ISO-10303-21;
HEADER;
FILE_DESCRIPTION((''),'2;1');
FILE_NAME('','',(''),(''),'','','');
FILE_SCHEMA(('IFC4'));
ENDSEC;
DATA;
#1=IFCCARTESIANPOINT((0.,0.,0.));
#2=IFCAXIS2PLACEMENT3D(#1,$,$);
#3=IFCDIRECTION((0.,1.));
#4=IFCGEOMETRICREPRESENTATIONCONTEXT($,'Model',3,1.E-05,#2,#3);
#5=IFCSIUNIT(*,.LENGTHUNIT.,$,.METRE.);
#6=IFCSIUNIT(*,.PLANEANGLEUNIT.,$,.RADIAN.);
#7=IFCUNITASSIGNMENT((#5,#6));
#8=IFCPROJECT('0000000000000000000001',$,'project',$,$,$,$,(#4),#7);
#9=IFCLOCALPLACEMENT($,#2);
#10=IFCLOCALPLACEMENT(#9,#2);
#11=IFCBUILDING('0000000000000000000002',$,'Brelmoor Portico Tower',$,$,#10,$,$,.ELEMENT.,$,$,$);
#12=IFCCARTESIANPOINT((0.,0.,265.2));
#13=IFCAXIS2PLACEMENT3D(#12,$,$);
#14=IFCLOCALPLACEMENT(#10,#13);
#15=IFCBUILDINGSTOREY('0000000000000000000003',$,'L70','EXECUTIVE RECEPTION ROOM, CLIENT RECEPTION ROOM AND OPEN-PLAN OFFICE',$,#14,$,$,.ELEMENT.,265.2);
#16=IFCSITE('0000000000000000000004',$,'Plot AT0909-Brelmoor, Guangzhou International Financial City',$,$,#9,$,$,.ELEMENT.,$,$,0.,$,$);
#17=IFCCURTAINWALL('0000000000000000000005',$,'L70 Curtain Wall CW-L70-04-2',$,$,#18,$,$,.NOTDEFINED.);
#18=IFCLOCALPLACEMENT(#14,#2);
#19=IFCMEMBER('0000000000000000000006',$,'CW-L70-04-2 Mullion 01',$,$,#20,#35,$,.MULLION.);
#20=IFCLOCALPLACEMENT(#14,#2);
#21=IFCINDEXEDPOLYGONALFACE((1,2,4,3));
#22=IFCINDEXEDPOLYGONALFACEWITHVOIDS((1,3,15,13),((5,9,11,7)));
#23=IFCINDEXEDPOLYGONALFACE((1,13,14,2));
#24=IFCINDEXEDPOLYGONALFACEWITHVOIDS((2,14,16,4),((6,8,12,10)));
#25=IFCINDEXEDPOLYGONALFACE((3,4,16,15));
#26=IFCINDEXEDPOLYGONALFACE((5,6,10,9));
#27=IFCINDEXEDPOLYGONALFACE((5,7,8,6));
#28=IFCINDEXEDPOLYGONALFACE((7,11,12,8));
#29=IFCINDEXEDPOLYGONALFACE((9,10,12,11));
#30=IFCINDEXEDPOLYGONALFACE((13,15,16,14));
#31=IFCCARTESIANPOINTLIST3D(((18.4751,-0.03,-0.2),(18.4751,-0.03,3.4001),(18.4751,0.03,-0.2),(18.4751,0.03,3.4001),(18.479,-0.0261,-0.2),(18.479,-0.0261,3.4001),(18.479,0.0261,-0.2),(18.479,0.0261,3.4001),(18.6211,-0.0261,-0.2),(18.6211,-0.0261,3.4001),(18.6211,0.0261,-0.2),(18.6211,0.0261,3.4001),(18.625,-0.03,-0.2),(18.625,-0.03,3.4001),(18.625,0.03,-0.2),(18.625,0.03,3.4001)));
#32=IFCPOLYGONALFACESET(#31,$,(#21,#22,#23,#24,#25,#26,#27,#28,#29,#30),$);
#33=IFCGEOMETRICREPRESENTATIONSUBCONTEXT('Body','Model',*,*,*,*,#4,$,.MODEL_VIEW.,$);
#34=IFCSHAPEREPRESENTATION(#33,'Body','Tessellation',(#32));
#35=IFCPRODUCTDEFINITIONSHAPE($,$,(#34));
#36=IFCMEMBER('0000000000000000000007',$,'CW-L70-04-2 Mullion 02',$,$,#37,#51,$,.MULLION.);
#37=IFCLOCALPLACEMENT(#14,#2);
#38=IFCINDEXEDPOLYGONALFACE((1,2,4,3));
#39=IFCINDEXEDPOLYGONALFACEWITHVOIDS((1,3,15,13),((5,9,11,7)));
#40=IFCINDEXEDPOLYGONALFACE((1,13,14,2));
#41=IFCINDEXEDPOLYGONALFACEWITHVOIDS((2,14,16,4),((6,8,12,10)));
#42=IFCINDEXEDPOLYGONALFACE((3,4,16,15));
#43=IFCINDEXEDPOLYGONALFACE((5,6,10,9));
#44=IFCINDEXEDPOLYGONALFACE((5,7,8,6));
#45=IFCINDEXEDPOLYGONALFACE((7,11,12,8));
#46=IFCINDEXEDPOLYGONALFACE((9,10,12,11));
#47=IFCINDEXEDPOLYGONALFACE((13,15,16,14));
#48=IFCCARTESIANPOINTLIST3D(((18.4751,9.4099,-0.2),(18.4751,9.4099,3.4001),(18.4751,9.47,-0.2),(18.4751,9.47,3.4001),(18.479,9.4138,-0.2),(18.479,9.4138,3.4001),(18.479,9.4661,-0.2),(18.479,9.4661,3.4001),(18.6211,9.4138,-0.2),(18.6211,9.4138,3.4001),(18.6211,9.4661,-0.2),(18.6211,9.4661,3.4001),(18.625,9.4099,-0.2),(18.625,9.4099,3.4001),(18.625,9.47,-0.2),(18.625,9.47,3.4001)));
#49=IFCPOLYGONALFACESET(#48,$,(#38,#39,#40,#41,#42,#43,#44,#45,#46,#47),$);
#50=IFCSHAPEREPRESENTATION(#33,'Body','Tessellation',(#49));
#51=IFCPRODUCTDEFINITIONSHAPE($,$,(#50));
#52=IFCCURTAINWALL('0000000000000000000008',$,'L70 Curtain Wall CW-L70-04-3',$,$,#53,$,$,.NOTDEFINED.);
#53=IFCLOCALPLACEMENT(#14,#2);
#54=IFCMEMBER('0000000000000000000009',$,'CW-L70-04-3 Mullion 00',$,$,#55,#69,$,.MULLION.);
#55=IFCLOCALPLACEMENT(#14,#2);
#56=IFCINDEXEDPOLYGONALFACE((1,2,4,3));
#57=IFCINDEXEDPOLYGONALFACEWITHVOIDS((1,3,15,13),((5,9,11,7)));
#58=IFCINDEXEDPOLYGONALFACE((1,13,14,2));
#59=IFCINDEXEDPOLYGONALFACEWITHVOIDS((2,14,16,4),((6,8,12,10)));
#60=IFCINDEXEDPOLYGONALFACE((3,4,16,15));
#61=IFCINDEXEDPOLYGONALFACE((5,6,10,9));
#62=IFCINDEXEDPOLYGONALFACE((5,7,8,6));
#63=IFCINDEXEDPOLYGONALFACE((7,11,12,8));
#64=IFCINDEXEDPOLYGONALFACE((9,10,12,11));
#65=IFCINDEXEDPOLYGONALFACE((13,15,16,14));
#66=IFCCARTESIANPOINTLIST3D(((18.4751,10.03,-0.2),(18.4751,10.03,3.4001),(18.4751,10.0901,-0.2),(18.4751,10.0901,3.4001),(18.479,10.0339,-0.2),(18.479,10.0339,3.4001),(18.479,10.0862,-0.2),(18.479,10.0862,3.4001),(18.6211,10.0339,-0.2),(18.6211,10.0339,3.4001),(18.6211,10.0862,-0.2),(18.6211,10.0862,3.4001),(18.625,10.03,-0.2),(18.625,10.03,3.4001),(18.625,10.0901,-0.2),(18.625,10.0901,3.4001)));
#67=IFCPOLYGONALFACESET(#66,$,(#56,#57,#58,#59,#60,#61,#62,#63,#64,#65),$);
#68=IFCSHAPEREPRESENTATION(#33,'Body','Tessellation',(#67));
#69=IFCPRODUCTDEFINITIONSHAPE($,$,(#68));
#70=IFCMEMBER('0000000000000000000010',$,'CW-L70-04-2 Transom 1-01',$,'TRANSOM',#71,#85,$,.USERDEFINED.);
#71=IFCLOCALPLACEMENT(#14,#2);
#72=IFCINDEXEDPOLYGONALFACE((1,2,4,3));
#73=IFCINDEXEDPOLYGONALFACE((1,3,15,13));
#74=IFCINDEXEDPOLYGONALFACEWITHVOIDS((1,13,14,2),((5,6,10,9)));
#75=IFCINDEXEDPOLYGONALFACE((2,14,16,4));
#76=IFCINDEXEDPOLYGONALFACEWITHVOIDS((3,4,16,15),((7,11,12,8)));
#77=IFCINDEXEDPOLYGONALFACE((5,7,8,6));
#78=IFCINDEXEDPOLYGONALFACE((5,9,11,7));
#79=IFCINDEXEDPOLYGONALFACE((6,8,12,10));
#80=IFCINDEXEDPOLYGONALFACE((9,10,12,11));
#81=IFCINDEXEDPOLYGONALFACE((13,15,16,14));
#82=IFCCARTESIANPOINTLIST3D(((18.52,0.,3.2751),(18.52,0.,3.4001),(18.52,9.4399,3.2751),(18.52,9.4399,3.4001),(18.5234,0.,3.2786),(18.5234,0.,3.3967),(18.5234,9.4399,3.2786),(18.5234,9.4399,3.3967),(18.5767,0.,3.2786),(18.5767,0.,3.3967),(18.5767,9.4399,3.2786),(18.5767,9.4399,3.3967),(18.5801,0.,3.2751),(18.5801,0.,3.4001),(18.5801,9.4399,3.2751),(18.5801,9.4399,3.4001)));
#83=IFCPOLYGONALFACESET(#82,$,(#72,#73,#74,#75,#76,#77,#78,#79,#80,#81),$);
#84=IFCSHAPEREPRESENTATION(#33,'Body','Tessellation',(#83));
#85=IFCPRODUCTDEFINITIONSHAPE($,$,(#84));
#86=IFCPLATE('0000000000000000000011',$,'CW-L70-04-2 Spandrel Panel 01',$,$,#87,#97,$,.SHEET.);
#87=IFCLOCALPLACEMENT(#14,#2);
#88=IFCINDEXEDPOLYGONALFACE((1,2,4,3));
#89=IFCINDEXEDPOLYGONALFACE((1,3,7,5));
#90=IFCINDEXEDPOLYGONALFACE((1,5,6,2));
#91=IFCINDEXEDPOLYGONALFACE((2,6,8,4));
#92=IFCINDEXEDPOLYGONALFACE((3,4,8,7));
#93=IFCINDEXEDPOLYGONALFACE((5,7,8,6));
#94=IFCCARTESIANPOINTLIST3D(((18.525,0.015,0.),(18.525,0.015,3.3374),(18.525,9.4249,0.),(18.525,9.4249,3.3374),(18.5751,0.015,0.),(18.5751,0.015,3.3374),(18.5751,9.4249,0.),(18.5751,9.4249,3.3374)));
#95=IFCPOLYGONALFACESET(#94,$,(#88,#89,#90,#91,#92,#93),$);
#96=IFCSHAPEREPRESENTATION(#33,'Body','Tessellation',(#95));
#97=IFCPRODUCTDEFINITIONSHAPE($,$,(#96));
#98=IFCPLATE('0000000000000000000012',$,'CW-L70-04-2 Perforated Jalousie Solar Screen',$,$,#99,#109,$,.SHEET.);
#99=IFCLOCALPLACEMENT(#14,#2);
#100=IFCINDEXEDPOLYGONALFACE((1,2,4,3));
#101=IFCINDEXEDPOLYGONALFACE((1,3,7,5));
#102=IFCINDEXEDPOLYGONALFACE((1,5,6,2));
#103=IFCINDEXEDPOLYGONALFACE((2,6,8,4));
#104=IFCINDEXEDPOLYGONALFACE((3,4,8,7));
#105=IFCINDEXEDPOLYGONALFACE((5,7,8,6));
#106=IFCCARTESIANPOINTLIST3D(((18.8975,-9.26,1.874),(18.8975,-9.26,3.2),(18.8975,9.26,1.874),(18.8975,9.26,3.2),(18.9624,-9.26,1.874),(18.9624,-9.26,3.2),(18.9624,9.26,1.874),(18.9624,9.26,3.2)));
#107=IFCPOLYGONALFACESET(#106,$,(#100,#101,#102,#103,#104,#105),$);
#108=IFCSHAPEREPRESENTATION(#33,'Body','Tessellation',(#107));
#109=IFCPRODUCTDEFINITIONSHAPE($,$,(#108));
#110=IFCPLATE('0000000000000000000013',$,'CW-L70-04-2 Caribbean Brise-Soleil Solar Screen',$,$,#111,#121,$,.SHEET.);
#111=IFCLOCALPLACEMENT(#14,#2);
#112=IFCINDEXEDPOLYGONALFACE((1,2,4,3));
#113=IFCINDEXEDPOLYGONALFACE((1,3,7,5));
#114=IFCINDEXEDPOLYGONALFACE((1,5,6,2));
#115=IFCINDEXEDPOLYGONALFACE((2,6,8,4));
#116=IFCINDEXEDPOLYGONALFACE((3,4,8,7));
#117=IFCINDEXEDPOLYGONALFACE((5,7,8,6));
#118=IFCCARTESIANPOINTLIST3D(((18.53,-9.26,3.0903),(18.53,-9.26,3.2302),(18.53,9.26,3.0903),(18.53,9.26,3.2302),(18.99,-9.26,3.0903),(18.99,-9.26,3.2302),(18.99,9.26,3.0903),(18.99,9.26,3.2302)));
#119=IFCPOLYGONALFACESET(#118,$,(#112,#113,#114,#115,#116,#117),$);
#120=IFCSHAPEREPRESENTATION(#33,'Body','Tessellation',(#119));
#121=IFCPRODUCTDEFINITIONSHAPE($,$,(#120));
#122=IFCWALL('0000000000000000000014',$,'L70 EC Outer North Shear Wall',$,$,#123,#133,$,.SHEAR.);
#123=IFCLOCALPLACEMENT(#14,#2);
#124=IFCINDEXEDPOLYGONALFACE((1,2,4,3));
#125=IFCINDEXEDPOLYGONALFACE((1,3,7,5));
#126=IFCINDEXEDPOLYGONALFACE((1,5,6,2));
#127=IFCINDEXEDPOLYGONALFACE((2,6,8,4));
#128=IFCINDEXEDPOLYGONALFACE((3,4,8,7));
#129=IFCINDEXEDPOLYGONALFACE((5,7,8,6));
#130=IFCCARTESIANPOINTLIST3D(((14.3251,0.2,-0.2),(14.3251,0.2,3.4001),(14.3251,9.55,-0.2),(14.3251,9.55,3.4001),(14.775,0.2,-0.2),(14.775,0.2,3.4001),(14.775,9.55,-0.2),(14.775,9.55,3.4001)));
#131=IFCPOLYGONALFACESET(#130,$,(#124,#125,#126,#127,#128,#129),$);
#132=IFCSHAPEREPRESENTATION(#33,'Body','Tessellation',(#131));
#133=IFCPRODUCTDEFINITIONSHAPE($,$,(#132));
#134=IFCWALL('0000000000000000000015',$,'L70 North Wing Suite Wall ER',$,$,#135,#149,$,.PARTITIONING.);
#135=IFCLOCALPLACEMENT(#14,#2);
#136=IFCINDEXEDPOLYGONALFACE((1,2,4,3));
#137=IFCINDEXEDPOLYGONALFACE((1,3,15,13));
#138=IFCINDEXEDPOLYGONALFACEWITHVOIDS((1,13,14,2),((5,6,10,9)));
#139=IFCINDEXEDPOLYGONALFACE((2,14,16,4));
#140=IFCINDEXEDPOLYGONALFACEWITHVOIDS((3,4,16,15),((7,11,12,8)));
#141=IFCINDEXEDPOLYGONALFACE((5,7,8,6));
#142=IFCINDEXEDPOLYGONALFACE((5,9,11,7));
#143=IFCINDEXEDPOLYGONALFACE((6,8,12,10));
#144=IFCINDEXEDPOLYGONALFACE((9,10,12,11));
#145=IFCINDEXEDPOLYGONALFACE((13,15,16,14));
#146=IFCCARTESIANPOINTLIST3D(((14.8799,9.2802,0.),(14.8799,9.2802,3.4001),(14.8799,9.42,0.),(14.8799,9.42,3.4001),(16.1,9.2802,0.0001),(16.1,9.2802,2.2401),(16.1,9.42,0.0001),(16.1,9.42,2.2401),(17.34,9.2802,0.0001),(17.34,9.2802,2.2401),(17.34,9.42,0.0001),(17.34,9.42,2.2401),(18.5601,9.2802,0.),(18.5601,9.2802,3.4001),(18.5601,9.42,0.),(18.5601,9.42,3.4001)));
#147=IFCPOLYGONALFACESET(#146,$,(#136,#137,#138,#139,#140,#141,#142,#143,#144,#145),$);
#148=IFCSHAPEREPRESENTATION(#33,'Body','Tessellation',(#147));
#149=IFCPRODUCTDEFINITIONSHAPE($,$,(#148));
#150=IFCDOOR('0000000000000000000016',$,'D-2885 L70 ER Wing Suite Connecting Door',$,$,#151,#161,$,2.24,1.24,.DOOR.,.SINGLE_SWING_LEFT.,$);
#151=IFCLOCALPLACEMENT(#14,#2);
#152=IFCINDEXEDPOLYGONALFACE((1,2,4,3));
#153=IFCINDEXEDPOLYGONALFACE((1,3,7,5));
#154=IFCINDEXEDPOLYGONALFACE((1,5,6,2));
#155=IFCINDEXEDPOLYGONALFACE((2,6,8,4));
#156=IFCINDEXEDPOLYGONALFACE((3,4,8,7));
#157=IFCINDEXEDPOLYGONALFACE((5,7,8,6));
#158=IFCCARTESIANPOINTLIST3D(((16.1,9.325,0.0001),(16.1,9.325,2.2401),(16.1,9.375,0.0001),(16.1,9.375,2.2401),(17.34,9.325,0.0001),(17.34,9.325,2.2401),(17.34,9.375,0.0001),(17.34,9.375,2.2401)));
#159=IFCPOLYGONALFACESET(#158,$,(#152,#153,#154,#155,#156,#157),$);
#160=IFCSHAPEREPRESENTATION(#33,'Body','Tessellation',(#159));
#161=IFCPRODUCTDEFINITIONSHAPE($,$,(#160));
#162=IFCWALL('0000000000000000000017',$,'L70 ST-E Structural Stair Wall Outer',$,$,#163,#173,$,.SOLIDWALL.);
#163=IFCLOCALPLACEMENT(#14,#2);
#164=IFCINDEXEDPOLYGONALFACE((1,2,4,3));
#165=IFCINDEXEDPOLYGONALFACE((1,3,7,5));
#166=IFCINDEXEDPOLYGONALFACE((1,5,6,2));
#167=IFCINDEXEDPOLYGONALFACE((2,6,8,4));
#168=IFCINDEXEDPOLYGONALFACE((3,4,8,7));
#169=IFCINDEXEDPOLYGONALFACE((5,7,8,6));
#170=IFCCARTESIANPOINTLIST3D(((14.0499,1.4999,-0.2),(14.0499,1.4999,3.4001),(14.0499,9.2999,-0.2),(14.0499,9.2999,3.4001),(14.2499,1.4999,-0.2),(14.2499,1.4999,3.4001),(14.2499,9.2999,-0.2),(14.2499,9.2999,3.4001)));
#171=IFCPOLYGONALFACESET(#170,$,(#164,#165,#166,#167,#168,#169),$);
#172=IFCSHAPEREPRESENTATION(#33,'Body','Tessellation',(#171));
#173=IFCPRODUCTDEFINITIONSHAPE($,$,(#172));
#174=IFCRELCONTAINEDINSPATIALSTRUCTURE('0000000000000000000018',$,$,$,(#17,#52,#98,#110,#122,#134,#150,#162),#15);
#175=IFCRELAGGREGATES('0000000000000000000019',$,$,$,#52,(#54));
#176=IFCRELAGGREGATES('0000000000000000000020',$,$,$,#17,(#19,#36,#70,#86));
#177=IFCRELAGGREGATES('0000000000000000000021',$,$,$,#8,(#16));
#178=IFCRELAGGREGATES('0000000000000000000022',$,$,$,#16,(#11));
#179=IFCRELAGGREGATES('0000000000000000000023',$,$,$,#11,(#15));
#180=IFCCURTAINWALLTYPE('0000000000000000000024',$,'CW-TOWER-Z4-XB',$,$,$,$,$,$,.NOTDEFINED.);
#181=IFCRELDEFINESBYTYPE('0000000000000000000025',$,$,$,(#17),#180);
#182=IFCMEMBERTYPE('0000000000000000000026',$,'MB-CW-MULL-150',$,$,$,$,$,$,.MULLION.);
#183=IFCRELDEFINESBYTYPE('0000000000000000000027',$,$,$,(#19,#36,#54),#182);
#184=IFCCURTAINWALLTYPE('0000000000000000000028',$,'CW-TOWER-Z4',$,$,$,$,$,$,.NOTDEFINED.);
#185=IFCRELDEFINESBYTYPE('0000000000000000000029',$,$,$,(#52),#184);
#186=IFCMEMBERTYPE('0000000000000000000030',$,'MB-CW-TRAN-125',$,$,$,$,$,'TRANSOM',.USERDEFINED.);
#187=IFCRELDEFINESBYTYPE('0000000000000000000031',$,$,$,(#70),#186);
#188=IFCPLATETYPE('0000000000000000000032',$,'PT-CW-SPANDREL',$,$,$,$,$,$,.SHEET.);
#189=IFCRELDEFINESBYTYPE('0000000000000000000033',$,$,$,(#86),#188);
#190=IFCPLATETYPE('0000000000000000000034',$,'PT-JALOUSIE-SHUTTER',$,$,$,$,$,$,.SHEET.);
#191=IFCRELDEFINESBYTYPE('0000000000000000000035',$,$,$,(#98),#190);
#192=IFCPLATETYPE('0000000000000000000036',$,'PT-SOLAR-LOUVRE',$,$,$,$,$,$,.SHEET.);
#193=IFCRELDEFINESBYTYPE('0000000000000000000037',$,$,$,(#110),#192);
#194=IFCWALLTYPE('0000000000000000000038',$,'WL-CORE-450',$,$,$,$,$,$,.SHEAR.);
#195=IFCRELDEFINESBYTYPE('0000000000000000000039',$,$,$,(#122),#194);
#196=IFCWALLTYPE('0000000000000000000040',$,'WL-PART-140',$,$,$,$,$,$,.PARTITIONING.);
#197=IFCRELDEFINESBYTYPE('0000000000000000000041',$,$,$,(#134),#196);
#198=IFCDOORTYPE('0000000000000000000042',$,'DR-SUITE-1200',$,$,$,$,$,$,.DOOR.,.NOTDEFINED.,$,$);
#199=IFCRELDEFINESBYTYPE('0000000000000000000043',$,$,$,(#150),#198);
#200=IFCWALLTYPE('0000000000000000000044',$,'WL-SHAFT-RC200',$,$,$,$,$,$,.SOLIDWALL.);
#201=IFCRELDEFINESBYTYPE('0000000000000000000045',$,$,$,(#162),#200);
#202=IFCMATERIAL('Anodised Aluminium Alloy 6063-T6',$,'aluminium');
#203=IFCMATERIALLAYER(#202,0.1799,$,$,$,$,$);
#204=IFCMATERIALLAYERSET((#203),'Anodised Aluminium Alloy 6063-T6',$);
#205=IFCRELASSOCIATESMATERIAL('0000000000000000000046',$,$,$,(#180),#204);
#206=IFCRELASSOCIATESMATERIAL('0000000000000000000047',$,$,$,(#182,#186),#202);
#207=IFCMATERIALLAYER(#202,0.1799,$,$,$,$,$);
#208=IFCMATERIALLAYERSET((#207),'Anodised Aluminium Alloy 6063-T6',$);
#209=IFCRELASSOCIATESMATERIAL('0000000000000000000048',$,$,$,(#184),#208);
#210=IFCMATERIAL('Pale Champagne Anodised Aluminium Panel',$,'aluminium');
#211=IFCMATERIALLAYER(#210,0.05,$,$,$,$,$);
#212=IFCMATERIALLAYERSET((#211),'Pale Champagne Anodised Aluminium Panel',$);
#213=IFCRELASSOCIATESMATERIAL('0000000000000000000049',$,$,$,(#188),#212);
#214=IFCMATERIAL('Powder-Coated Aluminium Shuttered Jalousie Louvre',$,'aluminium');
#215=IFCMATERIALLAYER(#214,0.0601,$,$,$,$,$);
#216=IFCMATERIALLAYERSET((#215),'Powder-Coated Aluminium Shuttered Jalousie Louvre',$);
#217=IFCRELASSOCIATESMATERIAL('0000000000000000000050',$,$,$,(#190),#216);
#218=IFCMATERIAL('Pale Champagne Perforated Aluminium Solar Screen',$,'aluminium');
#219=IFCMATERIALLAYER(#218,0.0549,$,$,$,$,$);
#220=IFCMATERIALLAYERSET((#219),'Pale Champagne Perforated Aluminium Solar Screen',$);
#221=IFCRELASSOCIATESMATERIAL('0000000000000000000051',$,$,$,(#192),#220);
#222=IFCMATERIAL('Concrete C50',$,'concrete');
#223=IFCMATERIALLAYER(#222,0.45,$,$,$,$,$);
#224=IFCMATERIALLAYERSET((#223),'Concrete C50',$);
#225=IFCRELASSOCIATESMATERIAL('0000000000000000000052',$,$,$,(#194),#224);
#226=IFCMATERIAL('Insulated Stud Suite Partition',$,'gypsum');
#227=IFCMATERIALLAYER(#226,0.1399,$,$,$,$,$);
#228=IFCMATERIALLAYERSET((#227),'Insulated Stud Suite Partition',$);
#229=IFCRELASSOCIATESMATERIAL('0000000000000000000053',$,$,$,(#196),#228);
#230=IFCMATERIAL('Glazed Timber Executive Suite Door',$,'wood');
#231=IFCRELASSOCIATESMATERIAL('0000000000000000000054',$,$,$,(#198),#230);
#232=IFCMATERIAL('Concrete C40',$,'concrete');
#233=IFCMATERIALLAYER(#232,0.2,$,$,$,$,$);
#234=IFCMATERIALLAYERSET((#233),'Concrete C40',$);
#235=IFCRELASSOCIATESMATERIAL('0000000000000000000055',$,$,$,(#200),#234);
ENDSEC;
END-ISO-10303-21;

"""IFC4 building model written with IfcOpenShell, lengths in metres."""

from ifc_helpers import new_model, si_unit, direction, frame, frame_2d, origin, origin_2d, place, context, subcontext, project, spatial, rectangle, hollow_rectangle, extrude, material, layer, layer_set, material_profile, profile_set, type_object, element, fill, aggregate, save


model = new_model("IFC4")

# Units and contexts
model_context = context("Model", 3, precision=1e-05, world=origin(), true_north=direction((0.0, 1.0)))
body_context = subcontext(model_context, "Body", "Model", "MODEL_VIEW")
ifc_project = project(units=[si_unit("LENGTHUNIT", "METRE"), si_unit("PLANEANGLEUNIT", "RADIAN")], contexts=[model_context])

# Site, building, storey
site_placement = place(None, origin())
site = spatial("IfcSite", under=ifc_project, at=site_placement, Name="Plot AT0909-Brelmoor, Guangzhou International Financial City", CompositionType="ELEMENT", RefElevation=0.0)
building_placement = place(site_placement, origin())
building = spatial("IfcBuilding", under=site, at=building_placement, Name="Brelmoor Portico Tower", CompositionType="ELEMENT")
storey_placement = place(building_placement, frame((0.0, 0.0, 265.2)))
storey = spatial("IfcBuildingStorey", under=building, at=storey_placement, Name="L70", Description="EXECUTIVE RECEPTION ROOM, CLIENT RECEPTION ROOM AND OPEN-PLAN OFFICE", CompositionType="ELEMENT", Elevation=265.2)

# Curtain wall, members
ifc_material_1 = material(Name="Anodised Aluminium Alloy 6063-T6", Category="aluminium")
ifc_layer_1 = layer(ifc_material_1, 0.1799)
ifc_layer_set_1 = layer_set([ifc_layer_1], Name="Anodised Aluminium Alloy 6063-T6")
curtain_wall_type_1 = type_object("IfcCurtainWallType", Name="CW-TOWER-Z4-XB", PredefinedType="NOTDEFINED", material=ifc_layer_set_1)
curtain_wall_1_placement = place(storey_placement, origin())
curtain_wall_1 = element("IfcCurtainWall", 1, at=curtain_wall_1_placement, inside=storey, type_object=curtain_wall_type_1, Name="L70 Curtain Wall CW-L70-04-2", PredefinedType="NOTDEFINED")
ifc_material_profile_1 = material_profile(ifc_material_1, hollow_rectangle(XDim=0.0601, YDim=0.1499, WallThickness=0.0039, at=origin_2d()), Name="ALU MULLION 60x150")
ifc_profile_set_1 = profile_set([ifc_material_profile_1], Name="Anodised Aluminium Alloy 6063-T6")
member_type_1 = type_object("IfcMemberType", Name="MB-CW-MULL-150", PredefinedType="MULLION", material=ifc_profile_set_1)
member_1_placement = place(storey_placement, frame((18.55, 0.0, -0.2), z_axis=(0.0, 0.0, 1.0), x_axis=(0.0, 1.0, 0.0)))
member_1 = element("IfcMember", 2, at=member_1_placement, type_object=member_type_1, Name="CW-L70-04-2 Mullion 01", PredefinedType="MULLION", context=body_context, shape_type="SweptSolid", body=[
    extrude(hollow_rectangle(XDim=0.0601, YDim=0.1499, WallThickness=0.0039, at=origin_2d()), origin(), (0.0, 0.0, 1.0), 3.6001),
])
member_2_placement = place(storey_placement, frame((18.55, 9.4399, -0.2), z_axis=(0.0, 0.0, 1.0), x_axis=(0.0, 1.0, 0.0)))
member_2 = element("IfcMember", 3, at=member_2_placement, type_object=member_type_1, Name="CW-L70-04-2 Mullion 02", PredefinedType="MULLION", context=body_context, shape_type="SweptSolid", body=[
    extrude(hollow_rectangle(XDim=0.0601, YDim=0.1499, WallThickness=0.0039, at=origin_2d()), origin(), (0.0, 0.0, 1.0), 3.6001),
])

# Curtain wall, member
ifc_layer_2 = layer(ifc_material_1, 0.1799)
ifc_layer_set_2 = layer_set([ifc_layer_2], Name="Anodised Aluminium Alloy 6063-T6")
curtain_wall_type_2 = type_object("IfcCurtainWallType", Name="CW-TOWER-Z4", PredefinedType="NOTDEFINED", material=ifc_layer_set_2)
curtain_wall_2_placement = place(storey_placement, origin())
curtain_wall_2 = element("IfcCurtainWall", 4, at=curtain_wall_2_placement, inside=storey, type_object=curtain_wall_type_2, Name="L70 Curtain Wall CW-L70-04-3", PredefinedType="NOTDEFINED")
member_3_placement = place(storey_placement, frame((18.55, 10.0601, -0.2), z_axis=(0.0, 0.0, 1.0), x_axis=(0.0, 1.0, 0.0)))
member_3 = element("IfcMember", 5, at=member_3_placement, type_object=member_type_1, Name="CW-L70-04-3 Mullion 00", PredefinedType="MULLION", context=body_context, shape_type="SweptSolid", body=[
    extrude(hollow_rectangle(XDim=0.0601, YDim=0.1499, WallThickness=0.0039, at=origin_2d()), origin(), (0.0, 0.0, 1.0), 3.6001),
])
aggregate(curtain_wall_2, [member_3])

# Member
ifc_material_profile_2 = material_profile(ifc_material_1, hollow_rectangle(XDim=0.0601, YDim=0.125, WallThickness=0.0034, at=origin_2d()), Name="ALU TRANSOM 60x125")
ifc_profile_set_2 = profile_set([ifc_material_profile_2], Name="Anodised Aluminium Alloy 6063-T6")
member_type_2 = type_object("IfcMemberType", Name="MB-CW-TRAN-125", ElementType="TRANSOM", PredefinedType="USERDEFINED", material=ifc_profile_set_2)
member_4_placement = place(storey_placement, frame((18.55, 0.0, 3.3376), z_axis=(0.0, 1.0, 0.0), x_axis=(-1.0, 0.0, 0.0)))
member_4 = element("IfcMember", 6, at=member_4_placement, type_object=member_type_2, Name="CW-L70-04-2 Transom 1-01", ObjectType="TRANSOM", PredefinedType="USERDEFINED", context=body_context, shape_type="SweptSolid", body=[
    extrude(hollow_rectangle(XDim=0.0601, YDim=0.125, WallThickness=0.0034, at=origin_2d()), origin(), (0.0, 0.0, 1.0), 9.4399),
])

# Plate
ifc_material_2 = material(Name="Pale Champagne Anodised Aluminium Panel", Category="aluminium")
ifc_layer_3 = layer(ifc_material_2, 0.05)
ifc_layer_set_3 = layer_set([ifc_layer_3], Name="Pale Champagne Anodised Aluminium Panel")
plate_type_1 = type_object("IfcPlateType", Name="PT-CW-SPANDREL", PredefinedType="SHEET", material=ifc_layer_set_3)
plate_1_placement = place(storey_placement, frame((18.55, 4.72, 0.0), z_axis=(0.0, 0.0, 1.0), x_axis=(0.0, 1.0, 0.0)))
plate_1 = element("IfcPlate", 7, at=plate_1_placement, type_object=plate_type_1, Name="CW-L70-04-2 Spandrel Panel 01", PredefinedType="SHEET", context=body_context, shape_type="SweptSolid", body=[
    extrude(rectangle(XDim=9.4099, YDim=0.05, at=origin_2d()), origin(), (0.0, 0.0, 1.0), 3.3374),
])
aggregate(curtain_wall_1, [member_1, member_2, member_4, plate_1])

# Plates
ifc_material_3 = material(Name="Powder-Coated Aluminium Shuttered Jalousie Louvre", Category="aluminium")
ifc_layer_4 = layer(ifc_material_3, 0.0601)
ifc_layer_set_4 = layer_set([ifc_layer_4], Name="Powder-Coated Aluminium Shuttered Jalousie Louvre")
plate_type_2 = type_object("IfcPlateType", Name="PT-JALOUSIE-SHUTTER", PredefinedType="SHEET", material=ifc_layer_set_4)
plate_2_placement = place(storey_placement, frame((18.9299, 0.0, 1.874), z_axis=(0.0, 0.0, 1.0), x_axis=(0.0, 1.0, 0.0)))
element("IfcPlate", 8, at=plate_2_placement, inside=storey, type_object=plate_type_2, Name="CW-L70-04-2 Perforated Jalousie Solar Screen", PredefinedType="SHEET", context=body_context, shape_type="SweptSolid", body=[
    extrude(rectangle(XDim=18.52, YDim=0.0649, at=origin_2d()), origin(), (0.0, 0.0, 1.0), 1.3259),
])
ifc_material_4 = material(Name="Pale Champagne Perforated Aluminium Solar Screen", Category="aluminium")
ifc_layer_5 = layer(ifc_material_4, 0.0549)
ifc_layer_set_5 = layer_set([ifc_layer_5], Name="Pale Champagne Perforated Aluminium Solar Screen")
plate_type_3 = type_object("IfcPlateType", Name="PT-SOLAR-LOUVRE", PredefinedType="SHEET", material=ifc_layer_set_5)
plate_3_placement = place(storey_placement, frame((18.76, 0.0, 3.0903), z_axis=(0.0, 0.0, 1.0), x_axis=(0.0, 1.0, 0.0)))
element("IfcPlate", 9, at=plate_3_placement, inside=storey, type_object=plate_type_3, Name="CW-L70-04-2 Caribbean Brise-Soleil Solar Screen", PredefinedType="SHEET", context=body_context, shape_type="SweptSolid", body=[
    extrude(rectangle(XDim=18.52, YDim=0.46, at=origin_2d()), origin(), (0.0, 0.0, 1.0), 0.1399),
])

# Wall
ifc_material_5 = material(Name="Concrete C50", Category="concrete")
ifc_layer_6 = layer(ifc_material_5, 0.45)
ifc_layer_set_6 = layer_set([ifc_layer_6], Name="Concrete C50")
wall_type_1 = type_object("IfcWallType", Name="WL-CORE-450", PredefinedType="SHEAR", material=ifc_layer_set_6)
wall_1_placement = place(storey_placement, frame((14.55, 0.2, -0.2), z_axis=(0.0, 0.0, 1.0), x_axis=(0.0, 1.0, 0.0)))
element("IfcWall", 10, at=wall_1_placement, inside=storey, type_object=wall_type_1, Name="L70 EC Outer North Shear Wall", PredefinedType="SHEAR", context=body_context, shape_type="SweptSolid", body=[
    extrude(rectangle(XDim=9.3501, YDim=0.45, at=frame_2d((4.675, 0.0))), origin(), (0.0, 0.0, 1.0), 3.6001),
])

# Wall, opening, door
ifc_material_6 = material(Name="Insulated Stud Suite Partition", Category="gypsum")
ifc_layer_7 = layer(ifc_material_6, 0.1399)
ifc_layer_set_7 = layer_set([ifc_layer_7], Name="Insulated Stud Suite Partition")
wall_type_2 = type_object("IfcWallType", Name="WL-PART-140", PredefinedType="PARTITIONING", material=ifc_layer_set_7)
wall_2_placement = place(storey_placement, frame((14.8799, 9.3501, 0.0), z_axis=(0.0, 0.0, 1.0), x_axis=(1.0, 0.0, 0.0)))
wall_2 = element("IfcWall", 11, at=wall_2_placement, inside=storey, type_object=wall_type_2, Name="L70 North Wing Suite Wall ER", PredefinedType="PARTITIONING", context=body_context, shape_type="SweptSolid", body=[
    extrude(rectangle(XDim=3.6802, YDim=0.1399, at=frame_2d((1.8401, 0.0))), origin(), (0.0, 0.0, 1.0), 3.4001),
])
opening_placement = place(wall_2_placement, frame((1.22, 0.0, 0.0)))
opening = element("IfcOpeningElement", 12, at=opening_placement, cuts=wall_2, PredefinedType="OPENING", context=body_context, shape_type="SweptSolid", body=[
    extrude(rectangle(XDim=1.24, YDim=2.24, at=frame_2d((0.6201, 1.1201))), frame((0.0, 0.0798, 0.0), z_axis=(0.0, -1.0, 0.0), x_axis=(1.0, 0.0, 0.0)), (0.0, 0.0, 1.0), 0.1599),
])
ifc_material_7 = material(Name="Glazed Timber Executive Suite Door", Category="wood")
door_type = type_object("IfcDoorType", Name="DR-SUITE-1200", OperationType="NOTDEFINED", PredefinedType="DOOR", material=ifc_material_7)
door_placement = place(opening_placement, origin())
door = element("IfcDoor", 13, at=door_placement, inside=storey, type_object=door_type, Name="D-2885 L70 ER Wing Suite Connecting Door", OperationType="SINGLE_SWING_LEFT", OverallHeight=2.24, OverallWidth=1.24, PredefinedType="DOOR", context=body_context, shape_type="SweptSolid", body=[
    extrude(rectangle(XDim=1.24, YDim=2.24, at=frame_2d((0.6201, 1.1201))), frame((0.0, 0.0249, 0.0), z_axis=(0.0, -1.0, 0.0), x_axis=(1.0, 0.0, 0.0)), (0.0, 0.0, 1.0), 0.05),
])
fill(opening, door)

# Wall
ifc_material_8 = material(Name="Concrete C40", Category="concrete")
ifc_layer_8 = layer(ifc_material_8, 0.2)
ifc_layer_set_8 = layer_set([ifc_layer_8], Name="Concrete C40")
wall_type_3 = type_object("IfcWallType", Name="WL-SHAFT-RC200", PredefinedType="SOLIDWALL", material=ifc_layer_set_8)
wall_3_placement = place(storey_placement, frame((14.1499, 1.5, -0.2), z_axis=(0.0, 0.0, 1.0), x_axis=(0.0, 1.0, 0.0)))
element("IfcWall", 14, at=wall_3_placement, inside=storey, type_object=wall_type_3, Name="L70 ST-E Structural Stair Wall Outer", PredefinedType="SOLIDWALL", context=body_context, shape_type="SweptSolid", body=[
    extrude(rectangle(XDim=7.8, YDim=0.2, at=frame_2d((3.8999, 0.0))), origin(), (0.0, 0.0, 1.0), 3.6001),
])

save(model, "model.ifc")
